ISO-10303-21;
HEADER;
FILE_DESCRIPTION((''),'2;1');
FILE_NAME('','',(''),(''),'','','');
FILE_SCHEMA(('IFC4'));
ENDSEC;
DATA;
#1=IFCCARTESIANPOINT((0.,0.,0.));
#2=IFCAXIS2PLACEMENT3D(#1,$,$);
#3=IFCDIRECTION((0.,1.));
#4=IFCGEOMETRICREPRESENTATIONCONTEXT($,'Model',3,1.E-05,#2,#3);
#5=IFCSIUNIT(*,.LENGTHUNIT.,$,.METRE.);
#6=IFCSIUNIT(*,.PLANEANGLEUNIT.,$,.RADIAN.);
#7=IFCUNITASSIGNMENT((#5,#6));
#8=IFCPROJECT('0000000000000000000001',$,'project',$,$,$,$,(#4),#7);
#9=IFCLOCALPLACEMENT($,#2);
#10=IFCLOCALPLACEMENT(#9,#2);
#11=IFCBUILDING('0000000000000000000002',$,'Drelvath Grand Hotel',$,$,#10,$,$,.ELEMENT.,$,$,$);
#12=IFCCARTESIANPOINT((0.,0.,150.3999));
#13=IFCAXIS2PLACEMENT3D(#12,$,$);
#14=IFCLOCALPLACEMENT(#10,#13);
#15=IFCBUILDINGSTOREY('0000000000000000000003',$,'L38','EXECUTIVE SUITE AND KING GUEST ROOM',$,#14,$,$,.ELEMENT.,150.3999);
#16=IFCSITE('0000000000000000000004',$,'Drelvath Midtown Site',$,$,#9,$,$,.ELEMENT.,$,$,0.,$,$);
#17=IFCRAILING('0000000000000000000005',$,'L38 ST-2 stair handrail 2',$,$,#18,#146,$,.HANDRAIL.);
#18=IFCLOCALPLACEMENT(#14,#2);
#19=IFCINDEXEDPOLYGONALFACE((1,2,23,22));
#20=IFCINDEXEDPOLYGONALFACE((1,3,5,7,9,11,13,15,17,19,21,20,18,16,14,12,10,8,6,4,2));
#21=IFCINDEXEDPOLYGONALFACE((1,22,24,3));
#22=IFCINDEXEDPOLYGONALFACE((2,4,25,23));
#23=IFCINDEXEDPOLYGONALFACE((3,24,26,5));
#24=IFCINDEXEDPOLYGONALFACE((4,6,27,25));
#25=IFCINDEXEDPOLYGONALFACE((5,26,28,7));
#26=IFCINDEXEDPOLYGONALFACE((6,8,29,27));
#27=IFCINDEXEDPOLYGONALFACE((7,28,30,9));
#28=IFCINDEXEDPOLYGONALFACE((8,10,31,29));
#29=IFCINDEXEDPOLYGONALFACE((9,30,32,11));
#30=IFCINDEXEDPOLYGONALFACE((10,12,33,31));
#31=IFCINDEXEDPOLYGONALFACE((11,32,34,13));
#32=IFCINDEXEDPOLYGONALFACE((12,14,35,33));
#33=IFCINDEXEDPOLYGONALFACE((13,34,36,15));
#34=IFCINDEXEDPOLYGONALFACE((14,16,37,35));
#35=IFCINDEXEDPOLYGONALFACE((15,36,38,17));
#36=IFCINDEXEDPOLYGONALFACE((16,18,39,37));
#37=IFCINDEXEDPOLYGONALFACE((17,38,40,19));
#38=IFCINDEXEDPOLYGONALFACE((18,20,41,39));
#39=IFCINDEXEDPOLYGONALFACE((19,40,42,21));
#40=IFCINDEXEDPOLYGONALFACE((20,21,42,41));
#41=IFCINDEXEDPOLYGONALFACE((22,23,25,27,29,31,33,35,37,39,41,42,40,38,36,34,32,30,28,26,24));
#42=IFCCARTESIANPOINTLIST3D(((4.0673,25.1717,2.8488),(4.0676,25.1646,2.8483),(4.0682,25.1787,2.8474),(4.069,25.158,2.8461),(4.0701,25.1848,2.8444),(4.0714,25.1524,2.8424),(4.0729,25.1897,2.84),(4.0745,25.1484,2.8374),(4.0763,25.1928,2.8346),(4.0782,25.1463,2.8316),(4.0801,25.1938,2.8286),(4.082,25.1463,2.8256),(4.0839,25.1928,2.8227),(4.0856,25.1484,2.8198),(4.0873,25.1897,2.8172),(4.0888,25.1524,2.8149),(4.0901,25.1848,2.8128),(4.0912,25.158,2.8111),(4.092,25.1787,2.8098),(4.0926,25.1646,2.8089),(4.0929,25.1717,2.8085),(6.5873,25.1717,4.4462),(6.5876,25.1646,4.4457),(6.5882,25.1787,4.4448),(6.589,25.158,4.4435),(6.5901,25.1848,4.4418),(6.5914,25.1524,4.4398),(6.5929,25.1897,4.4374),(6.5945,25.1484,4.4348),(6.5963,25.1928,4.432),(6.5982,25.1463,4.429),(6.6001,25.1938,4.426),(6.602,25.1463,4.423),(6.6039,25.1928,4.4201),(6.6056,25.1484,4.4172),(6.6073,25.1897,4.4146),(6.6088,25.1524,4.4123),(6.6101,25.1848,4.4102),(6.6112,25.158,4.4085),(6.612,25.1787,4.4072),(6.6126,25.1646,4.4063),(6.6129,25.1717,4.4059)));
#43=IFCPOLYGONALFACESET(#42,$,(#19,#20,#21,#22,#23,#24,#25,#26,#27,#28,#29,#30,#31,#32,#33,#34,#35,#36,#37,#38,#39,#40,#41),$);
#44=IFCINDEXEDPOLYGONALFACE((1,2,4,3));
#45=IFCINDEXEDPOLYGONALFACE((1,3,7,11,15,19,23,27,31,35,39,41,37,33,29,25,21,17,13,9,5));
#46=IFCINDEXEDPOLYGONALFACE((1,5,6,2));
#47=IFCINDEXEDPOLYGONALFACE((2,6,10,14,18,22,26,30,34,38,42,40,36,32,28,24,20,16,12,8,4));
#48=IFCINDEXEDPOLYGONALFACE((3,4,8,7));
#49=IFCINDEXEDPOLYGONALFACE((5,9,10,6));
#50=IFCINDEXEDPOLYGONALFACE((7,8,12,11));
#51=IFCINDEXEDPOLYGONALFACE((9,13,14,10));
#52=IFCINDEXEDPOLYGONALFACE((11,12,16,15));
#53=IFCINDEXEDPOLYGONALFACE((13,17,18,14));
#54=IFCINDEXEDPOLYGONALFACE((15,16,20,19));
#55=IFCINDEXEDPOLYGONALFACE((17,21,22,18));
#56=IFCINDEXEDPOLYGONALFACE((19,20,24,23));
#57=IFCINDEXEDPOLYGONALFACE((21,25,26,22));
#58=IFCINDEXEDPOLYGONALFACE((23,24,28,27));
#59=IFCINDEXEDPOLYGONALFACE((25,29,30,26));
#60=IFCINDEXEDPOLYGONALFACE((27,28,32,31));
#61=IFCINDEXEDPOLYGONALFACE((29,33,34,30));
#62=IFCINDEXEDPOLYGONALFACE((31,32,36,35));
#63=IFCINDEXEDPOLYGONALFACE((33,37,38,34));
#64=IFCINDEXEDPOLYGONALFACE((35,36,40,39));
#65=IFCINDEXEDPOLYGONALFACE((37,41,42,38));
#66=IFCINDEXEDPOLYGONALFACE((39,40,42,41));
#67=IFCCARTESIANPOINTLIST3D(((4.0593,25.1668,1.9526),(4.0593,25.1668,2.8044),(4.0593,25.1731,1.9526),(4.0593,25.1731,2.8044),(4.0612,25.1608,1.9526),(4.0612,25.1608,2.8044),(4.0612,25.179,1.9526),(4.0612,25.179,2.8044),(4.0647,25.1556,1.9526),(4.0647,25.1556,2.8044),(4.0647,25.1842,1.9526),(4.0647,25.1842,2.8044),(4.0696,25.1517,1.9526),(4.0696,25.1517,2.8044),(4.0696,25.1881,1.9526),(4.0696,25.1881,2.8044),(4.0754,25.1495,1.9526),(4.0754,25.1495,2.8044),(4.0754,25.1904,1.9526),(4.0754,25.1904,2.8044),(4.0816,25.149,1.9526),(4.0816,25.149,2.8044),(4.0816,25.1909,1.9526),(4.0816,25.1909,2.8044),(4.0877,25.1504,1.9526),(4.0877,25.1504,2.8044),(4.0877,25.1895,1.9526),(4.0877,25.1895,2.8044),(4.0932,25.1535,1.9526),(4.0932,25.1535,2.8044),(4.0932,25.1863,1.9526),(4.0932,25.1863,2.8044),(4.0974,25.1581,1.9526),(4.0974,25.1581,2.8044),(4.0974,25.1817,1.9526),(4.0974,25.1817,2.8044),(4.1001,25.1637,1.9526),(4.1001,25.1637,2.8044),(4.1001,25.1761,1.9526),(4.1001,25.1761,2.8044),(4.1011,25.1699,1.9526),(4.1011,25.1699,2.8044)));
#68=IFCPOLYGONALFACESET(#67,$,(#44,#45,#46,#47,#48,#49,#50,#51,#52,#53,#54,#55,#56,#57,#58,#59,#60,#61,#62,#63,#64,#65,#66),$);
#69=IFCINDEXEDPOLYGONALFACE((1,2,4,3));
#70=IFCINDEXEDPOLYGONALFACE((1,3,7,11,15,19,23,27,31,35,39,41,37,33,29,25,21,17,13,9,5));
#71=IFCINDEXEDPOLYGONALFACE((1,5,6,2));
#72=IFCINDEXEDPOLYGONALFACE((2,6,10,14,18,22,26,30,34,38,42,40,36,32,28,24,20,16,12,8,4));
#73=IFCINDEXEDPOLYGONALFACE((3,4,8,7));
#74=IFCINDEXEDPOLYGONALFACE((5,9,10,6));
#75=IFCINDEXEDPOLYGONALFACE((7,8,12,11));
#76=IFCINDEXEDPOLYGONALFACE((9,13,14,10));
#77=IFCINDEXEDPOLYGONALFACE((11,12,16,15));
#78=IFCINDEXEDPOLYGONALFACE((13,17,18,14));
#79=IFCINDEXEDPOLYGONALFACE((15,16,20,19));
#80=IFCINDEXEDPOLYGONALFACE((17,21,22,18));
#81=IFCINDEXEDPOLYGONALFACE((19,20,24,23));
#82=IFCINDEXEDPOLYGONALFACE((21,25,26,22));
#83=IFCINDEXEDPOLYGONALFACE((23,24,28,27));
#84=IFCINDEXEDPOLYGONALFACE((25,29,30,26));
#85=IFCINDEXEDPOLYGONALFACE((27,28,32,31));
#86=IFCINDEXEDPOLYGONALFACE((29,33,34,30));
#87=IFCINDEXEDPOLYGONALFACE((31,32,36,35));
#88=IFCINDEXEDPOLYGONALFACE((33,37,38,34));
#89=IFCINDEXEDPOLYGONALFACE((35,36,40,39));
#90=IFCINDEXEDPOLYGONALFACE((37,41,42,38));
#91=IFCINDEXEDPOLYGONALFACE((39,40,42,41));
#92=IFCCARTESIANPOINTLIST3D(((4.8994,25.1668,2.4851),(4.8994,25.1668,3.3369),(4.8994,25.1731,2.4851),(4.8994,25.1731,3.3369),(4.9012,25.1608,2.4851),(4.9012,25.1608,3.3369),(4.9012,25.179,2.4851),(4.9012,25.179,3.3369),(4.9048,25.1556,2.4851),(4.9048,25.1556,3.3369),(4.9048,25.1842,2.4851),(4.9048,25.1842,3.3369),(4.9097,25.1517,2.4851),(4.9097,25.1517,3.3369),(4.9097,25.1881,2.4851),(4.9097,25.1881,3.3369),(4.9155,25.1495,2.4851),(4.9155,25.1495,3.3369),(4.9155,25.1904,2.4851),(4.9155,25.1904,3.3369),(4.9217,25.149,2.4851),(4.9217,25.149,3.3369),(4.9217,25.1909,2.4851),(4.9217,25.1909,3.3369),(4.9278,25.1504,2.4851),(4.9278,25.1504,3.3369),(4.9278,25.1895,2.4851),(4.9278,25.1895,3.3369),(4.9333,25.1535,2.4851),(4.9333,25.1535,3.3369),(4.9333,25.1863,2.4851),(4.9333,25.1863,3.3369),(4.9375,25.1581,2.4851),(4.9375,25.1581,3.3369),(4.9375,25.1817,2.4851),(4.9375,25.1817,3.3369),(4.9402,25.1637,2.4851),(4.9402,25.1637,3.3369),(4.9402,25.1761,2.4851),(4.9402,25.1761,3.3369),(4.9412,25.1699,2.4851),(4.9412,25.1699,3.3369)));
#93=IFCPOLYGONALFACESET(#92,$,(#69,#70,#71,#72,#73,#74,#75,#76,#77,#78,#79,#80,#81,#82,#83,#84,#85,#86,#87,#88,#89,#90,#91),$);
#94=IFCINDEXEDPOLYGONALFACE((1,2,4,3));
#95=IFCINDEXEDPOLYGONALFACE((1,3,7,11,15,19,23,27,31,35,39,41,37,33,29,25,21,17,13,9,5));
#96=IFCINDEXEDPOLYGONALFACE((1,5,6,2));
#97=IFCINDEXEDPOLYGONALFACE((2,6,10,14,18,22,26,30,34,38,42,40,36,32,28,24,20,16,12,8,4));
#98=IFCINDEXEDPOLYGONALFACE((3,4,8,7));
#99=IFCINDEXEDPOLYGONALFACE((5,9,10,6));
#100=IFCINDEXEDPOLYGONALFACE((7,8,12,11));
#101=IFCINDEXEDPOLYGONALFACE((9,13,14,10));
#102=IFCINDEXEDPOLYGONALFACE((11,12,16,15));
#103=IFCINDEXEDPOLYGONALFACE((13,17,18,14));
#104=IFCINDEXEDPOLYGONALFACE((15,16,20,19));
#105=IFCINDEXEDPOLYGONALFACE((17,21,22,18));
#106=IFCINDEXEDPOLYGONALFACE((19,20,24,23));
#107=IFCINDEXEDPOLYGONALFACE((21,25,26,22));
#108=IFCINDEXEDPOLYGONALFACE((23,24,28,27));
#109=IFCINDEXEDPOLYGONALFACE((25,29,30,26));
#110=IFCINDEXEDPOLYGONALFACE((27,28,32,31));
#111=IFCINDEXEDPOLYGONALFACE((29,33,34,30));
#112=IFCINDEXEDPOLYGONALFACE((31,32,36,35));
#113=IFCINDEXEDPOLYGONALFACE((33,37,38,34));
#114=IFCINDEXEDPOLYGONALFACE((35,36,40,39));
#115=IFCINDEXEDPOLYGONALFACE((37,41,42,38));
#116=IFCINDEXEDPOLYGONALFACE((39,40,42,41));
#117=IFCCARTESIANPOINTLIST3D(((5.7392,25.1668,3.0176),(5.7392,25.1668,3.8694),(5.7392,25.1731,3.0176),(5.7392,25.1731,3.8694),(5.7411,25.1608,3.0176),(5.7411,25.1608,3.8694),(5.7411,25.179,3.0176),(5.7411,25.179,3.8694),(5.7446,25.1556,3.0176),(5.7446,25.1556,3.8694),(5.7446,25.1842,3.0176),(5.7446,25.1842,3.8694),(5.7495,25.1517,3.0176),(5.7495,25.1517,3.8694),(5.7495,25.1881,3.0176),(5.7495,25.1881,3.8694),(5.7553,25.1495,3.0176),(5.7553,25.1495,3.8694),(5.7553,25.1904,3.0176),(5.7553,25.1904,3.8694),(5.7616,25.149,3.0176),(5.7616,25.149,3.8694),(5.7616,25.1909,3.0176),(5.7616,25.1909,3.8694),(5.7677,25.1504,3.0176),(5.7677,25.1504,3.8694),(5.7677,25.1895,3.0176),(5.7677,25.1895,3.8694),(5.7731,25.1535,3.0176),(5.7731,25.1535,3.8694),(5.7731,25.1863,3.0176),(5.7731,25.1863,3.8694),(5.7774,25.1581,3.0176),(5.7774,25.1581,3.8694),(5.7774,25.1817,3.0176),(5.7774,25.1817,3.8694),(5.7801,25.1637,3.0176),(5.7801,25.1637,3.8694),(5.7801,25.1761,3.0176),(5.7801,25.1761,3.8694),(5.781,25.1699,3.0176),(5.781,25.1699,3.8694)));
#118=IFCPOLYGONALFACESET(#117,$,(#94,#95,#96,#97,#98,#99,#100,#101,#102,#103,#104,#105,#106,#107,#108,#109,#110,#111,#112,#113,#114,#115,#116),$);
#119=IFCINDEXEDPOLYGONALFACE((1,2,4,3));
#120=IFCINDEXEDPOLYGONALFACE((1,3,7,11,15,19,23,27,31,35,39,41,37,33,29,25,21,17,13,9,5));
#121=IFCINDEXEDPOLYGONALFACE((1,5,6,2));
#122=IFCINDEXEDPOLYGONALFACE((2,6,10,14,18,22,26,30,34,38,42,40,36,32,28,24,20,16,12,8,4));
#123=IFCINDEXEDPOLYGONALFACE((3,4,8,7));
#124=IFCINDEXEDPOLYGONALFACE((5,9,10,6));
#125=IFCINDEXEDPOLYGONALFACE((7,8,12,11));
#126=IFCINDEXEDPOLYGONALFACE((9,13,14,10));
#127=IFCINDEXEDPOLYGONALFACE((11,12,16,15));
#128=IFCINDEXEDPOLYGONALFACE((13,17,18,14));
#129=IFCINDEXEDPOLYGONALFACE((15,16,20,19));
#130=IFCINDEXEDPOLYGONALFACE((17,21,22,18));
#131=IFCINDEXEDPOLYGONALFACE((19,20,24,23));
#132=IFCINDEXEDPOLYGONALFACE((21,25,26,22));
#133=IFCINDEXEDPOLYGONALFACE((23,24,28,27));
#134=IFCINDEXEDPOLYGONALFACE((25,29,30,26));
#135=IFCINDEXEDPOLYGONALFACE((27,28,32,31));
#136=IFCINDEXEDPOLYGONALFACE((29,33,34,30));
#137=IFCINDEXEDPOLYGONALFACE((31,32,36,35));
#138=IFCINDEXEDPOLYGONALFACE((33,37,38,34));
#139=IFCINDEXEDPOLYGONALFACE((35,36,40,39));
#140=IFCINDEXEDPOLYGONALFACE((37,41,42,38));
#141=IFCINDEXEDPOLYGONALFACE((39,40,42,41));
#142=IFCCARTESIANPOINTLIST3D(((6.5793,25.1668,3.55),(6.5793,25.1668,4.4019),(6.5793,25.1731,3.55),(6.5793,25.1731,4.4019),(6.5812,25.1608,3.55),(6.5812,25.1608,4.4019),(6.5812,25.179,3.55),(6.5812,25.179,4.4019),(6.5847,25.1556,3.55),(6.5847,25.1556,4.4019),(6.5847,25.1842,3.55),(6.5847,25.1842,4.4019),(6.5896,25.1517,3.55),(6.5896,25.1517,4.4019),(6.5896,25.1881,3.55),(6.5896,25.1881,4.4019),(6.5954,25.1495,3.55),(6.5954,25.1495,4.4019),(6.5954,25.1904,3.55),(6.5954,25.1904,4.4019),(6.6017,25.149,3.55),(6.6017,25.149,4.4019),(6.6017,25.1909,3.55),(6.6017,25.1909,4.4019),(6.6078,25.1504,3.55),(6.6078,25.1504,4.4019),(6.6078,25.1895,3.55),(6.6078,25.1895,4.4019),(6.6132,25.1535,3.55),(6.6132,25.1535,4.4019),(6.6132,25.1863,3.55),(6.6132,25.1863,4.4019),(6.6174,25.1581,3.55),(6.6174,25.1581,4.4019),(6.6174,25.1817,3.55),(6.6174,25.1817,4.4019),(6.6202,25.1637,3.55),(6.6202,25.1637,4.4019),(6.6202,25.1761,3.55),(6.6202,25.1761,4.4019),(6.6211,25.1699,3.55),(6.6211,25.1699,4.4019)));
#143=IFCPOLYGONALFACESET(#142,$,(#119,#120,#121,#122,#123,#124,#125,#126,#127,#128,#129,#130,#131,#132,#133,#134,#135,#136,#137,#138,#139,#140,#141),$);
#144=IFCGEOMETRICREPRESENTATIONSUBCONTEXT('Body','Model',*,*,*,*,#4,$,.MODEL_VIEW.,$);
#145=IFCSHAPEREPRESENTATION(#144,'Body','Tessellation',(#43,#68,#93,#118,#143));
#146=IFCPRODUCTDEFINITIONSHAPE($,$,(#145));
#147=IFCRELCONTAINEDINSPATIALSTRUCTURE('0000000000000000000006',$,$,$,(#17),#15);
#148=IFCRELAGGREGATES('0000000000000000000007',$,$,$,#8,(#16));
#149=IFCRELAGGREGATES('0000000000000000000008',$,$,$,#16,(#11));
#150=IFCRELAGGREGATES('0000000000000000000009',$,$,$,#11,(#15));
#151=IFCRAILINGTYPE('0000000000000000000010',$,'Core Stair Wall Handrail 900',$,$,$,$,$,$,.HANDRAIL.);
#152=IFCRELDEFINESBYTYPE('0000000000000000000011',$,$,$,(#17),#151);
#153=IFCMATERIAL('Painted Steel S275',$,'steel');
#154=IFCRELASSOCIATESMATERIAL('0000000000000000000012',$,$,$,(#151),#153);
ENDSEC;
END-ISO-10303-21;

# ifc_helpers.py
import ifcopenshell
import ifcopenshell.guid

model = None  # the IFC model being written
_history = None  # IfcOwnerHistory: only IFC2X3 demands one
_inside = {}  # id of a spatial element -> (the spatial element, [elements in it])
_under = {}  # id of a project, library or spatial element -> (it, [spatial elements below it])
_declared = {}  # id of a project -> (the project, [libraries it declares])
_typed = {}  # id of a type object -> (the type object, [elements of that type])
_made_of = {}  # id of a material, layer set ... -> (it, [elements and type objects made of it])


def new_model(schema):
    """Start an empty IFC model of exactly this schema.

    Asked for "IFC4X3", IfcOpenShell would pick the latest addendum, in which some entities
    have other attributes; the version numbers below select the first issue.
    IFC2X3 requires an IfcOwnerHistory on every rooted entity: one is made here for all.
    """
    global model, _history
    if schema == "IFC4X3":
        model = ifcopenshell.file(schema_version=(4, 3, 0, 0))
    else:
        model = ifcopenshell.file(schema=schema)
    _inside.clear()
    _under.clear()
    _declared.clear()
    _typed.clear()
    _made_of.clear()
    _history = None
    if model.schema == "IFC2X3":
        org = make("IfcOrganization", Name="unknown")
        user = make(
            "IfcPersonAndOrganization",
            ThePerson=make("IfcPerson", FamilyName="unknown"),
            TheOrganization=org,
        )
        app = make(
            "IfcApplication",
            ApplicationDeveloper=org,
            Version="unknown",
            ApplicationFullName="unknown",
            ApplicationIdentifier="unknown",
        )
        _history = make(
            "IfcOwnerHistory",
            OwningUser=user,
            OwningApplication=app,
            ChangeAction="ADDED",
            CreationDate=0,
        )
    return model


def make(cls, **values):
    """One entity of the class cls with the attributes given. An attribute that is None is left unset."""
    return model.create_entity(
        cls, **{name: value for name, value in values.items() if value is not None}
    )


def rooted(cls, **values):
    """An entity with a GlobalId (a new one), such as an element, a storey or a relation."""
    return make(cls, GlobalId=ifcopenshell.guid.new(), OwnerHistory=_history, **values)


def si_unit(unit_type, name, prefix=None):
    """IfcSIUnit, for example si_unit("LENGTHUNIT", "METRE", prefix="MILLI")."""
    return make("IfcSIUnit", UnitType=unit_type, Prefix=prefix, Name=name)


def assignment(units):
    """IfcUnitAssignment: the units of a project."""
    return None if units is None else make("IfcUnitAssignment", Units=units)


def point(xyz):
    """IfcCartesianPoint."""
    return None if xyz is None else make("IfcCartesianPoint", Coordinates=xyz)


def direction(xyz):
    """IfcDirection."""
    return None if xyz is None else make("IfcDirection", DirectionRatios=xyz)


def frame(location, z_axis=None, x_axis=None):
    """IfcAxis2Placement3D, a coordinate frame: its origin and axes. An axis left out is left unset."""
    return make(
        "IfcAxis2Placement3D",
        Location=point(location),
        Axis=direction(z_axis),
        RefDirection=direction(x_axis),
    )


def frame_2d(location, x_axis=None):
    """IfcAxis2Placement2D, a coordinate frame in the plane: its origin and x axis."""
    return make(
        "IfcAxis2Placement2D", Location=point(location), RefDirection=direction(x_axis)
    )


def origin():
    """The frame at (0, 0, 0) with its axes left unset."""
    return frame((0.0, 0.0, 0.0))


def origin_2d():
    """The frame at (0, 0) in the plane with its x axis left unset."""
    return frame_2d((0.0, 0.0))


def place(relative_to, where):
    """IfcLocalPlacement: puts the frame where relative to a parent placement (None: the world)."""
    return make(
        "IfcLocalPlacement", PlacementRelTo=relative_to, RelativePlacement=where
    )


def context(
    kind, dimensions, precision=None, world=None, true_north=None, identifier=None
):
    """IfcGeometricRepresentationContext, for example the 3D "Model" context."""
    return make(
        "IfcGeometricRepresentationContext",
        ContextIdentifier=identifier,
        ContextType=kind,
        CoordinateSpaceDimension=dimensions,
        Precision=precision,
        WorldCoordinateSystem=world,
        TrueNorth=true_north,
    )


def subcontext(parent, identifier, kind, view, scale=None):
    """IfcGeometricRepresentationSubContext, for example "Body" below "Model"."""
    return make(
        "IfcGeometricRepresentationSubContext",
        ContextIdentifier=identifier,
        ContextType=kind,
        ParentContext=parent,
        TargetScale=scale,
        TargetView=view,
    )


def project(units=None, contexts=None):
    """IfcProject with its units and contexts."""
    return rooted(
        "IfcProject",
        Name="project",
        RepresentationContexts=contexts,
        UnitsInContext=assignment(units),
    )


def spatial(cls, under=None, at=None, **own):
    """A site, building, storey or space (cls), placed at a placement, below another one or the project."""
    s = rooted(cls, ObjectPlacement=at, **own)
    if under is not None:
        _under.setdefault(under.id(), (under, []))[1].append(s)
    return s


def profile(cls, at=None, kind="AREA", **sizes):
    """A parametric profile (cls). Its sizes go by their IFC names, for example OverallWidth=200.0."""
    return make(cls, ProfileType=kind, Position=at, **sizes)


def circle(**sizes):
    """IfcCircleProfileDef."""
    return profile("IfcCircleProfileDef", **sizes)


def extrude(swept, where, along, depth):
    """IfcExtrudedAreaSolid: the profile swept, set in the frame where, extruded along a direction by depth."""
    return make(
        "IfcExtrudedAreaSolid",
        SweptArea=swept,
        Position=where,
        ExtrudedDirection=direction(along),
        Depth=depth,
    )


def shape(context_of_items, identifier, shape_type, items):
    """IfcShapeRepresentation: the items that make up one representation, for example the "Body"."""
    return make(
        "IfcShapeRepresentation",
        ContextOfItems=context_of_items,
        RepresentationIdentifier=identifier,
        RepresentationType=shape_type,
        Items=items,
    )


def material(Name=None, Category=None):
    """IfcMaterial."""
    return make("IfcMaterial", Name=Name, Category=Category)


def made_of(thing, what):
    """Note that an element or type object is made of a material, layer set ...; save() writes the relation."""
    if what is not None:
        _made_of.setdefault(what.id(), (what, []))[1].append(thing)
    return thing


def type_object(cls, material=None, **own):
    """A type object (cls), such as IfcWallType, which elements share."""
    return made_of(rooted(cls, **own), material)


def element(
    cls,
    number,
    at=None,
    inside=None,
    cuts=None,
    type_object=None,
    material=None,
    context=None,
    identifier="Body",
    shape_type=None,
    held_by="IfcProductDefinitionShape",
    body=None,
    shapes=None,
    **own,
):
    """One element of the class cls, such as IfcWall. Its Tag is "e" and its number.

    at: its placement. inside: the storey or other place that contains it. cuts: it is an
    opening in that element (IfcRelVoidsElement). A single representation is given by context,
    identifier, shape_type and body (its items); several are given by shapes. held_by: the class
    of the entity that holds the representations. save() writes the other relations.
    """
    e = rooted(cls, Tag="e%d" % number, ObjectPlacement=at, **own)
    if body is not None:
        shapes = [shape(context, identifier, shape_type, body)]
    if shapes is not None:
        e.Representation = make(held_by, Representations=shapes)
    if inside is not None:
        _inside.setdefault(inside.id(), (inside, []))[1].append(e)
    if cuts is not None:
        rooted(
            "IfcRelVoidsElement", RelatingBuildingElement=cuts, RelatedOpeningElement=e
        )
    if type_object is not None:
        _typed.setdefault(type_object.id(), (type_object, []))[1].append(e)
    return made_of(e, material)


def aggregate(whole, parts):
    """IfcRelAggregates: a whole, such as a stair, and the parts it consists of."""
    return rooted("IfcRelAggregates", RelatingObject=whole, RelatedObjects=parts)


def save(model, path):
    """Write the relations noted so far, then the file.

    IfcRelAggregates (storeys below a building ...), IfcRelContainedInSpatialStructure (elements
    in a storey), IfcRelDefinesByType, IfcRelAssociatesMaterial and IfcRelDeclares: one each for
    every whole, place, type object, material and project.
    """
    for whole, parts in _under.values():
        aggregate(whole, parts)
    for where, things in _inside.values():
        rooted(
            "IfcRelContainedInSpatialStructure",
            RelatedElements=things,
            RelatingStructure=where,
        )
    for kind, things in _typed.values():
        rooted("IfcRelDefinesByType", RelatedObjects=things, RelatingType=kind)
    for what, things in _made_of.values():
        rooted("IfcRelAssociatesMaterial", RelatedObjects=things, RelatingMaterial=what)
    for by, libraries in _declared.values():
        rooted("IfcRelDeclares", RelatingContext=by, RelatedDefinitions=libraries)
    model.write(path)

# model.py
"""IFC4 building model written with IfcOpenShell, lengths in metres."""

from ifc_helpers import new_model, si_unit, direction, frame, origin, origin_2d, place, context, subcontext, project, spatial, circle, extrude, material, type_object, element, save


model = new_model("IFC4")

# Units and contexts
model_context = context("Model", 3, precision=1e-05, world=origin(), true_north=direction((0.0, 1.0)))
body_context = subcontext(model_context, "Body", "Model", "MODEL_VIEW")
ifc_project = project(units=[si_unit("LENGTHUNIT", "METRE"), si_unit("PLANEANGLEUNIT", "RADIAN")], contexts=[model_context])

# Site, building, storey
site_placement = place(None, origin())
site = spatial("IfcSite", under=ifc_project, at=site_placement, Name="Drelvath Midtown Site", CompositionType="ELEMENT", RefElevation=0.0)
building_placement = place(site_placement, origin())
building = spatial("IfcBuilding", under=site, at=building_placement, Name="Drelvath Grand Hotel", CompositionType="ELEMENT")
storey_placement = place(building_placement, frame((0.0, 0.0, 150.3999)))
storey = spatial("IfcBuildingStorey", under=building, at=storey_placement, Name="L38", Description="EXECUTIVE SUITE AND KING GUEST ROOM", CompositionType="ELEMENT", Elevation=150.3999)

# Railing
ifc_material_1 = material(Name="Painted Steel S275", Category="steel")
railing_type_1 = type_object("IfcRailingType", Name="Core Stair Wall Handrail 900", PredefinedType="HANDRAIL", material=ifc_material_1)
railing_1_placement = place(storey_placement, frame((4.0801, 25.1699, 1.9526)))
element("IfcRailing", 1, at=railing_1_placement, inside=storey, type_object=railing_type_1, Name="L38 ST-2 stair handrail 2", PredefinedType="HANDRAIL", context=body_context, shape_type="SweptSolid", body=[
    extrude(circle(Radius=0.0239, at=origin_2d()), frame((0.0, 0.0, 0.876), z_axis=(0.844607, 0.0, 0.535387), x_axis=(0.0, 1.0, 0.0)), (0.0, 0.0, 1.0), 2.9836),
    extrude(circle(Radius=0.021, at=origin_2d()), origin(), (0.0, 0.0, 1.0), 0.8518),
    extrude(circle(Radius=0.021, at=origin_2d()), frame((0.8401, 0.0, 0.5325)), (0.0, 0.0, 1.0), 0.8518),
    extrude(circle(Radius=0.021, at=origin_2d()), frame((1.6799, 0.0, 1.0649)), (0.0, 0.0, 1.0), 0.8518),
    extrude(circle(Radius=0.021, at=origin_2d()), frame((2.52, 0.0, 1.5974)), (0.0, 0.0, 1.0), 0.8518),
])

save(model, "model.ifc")
